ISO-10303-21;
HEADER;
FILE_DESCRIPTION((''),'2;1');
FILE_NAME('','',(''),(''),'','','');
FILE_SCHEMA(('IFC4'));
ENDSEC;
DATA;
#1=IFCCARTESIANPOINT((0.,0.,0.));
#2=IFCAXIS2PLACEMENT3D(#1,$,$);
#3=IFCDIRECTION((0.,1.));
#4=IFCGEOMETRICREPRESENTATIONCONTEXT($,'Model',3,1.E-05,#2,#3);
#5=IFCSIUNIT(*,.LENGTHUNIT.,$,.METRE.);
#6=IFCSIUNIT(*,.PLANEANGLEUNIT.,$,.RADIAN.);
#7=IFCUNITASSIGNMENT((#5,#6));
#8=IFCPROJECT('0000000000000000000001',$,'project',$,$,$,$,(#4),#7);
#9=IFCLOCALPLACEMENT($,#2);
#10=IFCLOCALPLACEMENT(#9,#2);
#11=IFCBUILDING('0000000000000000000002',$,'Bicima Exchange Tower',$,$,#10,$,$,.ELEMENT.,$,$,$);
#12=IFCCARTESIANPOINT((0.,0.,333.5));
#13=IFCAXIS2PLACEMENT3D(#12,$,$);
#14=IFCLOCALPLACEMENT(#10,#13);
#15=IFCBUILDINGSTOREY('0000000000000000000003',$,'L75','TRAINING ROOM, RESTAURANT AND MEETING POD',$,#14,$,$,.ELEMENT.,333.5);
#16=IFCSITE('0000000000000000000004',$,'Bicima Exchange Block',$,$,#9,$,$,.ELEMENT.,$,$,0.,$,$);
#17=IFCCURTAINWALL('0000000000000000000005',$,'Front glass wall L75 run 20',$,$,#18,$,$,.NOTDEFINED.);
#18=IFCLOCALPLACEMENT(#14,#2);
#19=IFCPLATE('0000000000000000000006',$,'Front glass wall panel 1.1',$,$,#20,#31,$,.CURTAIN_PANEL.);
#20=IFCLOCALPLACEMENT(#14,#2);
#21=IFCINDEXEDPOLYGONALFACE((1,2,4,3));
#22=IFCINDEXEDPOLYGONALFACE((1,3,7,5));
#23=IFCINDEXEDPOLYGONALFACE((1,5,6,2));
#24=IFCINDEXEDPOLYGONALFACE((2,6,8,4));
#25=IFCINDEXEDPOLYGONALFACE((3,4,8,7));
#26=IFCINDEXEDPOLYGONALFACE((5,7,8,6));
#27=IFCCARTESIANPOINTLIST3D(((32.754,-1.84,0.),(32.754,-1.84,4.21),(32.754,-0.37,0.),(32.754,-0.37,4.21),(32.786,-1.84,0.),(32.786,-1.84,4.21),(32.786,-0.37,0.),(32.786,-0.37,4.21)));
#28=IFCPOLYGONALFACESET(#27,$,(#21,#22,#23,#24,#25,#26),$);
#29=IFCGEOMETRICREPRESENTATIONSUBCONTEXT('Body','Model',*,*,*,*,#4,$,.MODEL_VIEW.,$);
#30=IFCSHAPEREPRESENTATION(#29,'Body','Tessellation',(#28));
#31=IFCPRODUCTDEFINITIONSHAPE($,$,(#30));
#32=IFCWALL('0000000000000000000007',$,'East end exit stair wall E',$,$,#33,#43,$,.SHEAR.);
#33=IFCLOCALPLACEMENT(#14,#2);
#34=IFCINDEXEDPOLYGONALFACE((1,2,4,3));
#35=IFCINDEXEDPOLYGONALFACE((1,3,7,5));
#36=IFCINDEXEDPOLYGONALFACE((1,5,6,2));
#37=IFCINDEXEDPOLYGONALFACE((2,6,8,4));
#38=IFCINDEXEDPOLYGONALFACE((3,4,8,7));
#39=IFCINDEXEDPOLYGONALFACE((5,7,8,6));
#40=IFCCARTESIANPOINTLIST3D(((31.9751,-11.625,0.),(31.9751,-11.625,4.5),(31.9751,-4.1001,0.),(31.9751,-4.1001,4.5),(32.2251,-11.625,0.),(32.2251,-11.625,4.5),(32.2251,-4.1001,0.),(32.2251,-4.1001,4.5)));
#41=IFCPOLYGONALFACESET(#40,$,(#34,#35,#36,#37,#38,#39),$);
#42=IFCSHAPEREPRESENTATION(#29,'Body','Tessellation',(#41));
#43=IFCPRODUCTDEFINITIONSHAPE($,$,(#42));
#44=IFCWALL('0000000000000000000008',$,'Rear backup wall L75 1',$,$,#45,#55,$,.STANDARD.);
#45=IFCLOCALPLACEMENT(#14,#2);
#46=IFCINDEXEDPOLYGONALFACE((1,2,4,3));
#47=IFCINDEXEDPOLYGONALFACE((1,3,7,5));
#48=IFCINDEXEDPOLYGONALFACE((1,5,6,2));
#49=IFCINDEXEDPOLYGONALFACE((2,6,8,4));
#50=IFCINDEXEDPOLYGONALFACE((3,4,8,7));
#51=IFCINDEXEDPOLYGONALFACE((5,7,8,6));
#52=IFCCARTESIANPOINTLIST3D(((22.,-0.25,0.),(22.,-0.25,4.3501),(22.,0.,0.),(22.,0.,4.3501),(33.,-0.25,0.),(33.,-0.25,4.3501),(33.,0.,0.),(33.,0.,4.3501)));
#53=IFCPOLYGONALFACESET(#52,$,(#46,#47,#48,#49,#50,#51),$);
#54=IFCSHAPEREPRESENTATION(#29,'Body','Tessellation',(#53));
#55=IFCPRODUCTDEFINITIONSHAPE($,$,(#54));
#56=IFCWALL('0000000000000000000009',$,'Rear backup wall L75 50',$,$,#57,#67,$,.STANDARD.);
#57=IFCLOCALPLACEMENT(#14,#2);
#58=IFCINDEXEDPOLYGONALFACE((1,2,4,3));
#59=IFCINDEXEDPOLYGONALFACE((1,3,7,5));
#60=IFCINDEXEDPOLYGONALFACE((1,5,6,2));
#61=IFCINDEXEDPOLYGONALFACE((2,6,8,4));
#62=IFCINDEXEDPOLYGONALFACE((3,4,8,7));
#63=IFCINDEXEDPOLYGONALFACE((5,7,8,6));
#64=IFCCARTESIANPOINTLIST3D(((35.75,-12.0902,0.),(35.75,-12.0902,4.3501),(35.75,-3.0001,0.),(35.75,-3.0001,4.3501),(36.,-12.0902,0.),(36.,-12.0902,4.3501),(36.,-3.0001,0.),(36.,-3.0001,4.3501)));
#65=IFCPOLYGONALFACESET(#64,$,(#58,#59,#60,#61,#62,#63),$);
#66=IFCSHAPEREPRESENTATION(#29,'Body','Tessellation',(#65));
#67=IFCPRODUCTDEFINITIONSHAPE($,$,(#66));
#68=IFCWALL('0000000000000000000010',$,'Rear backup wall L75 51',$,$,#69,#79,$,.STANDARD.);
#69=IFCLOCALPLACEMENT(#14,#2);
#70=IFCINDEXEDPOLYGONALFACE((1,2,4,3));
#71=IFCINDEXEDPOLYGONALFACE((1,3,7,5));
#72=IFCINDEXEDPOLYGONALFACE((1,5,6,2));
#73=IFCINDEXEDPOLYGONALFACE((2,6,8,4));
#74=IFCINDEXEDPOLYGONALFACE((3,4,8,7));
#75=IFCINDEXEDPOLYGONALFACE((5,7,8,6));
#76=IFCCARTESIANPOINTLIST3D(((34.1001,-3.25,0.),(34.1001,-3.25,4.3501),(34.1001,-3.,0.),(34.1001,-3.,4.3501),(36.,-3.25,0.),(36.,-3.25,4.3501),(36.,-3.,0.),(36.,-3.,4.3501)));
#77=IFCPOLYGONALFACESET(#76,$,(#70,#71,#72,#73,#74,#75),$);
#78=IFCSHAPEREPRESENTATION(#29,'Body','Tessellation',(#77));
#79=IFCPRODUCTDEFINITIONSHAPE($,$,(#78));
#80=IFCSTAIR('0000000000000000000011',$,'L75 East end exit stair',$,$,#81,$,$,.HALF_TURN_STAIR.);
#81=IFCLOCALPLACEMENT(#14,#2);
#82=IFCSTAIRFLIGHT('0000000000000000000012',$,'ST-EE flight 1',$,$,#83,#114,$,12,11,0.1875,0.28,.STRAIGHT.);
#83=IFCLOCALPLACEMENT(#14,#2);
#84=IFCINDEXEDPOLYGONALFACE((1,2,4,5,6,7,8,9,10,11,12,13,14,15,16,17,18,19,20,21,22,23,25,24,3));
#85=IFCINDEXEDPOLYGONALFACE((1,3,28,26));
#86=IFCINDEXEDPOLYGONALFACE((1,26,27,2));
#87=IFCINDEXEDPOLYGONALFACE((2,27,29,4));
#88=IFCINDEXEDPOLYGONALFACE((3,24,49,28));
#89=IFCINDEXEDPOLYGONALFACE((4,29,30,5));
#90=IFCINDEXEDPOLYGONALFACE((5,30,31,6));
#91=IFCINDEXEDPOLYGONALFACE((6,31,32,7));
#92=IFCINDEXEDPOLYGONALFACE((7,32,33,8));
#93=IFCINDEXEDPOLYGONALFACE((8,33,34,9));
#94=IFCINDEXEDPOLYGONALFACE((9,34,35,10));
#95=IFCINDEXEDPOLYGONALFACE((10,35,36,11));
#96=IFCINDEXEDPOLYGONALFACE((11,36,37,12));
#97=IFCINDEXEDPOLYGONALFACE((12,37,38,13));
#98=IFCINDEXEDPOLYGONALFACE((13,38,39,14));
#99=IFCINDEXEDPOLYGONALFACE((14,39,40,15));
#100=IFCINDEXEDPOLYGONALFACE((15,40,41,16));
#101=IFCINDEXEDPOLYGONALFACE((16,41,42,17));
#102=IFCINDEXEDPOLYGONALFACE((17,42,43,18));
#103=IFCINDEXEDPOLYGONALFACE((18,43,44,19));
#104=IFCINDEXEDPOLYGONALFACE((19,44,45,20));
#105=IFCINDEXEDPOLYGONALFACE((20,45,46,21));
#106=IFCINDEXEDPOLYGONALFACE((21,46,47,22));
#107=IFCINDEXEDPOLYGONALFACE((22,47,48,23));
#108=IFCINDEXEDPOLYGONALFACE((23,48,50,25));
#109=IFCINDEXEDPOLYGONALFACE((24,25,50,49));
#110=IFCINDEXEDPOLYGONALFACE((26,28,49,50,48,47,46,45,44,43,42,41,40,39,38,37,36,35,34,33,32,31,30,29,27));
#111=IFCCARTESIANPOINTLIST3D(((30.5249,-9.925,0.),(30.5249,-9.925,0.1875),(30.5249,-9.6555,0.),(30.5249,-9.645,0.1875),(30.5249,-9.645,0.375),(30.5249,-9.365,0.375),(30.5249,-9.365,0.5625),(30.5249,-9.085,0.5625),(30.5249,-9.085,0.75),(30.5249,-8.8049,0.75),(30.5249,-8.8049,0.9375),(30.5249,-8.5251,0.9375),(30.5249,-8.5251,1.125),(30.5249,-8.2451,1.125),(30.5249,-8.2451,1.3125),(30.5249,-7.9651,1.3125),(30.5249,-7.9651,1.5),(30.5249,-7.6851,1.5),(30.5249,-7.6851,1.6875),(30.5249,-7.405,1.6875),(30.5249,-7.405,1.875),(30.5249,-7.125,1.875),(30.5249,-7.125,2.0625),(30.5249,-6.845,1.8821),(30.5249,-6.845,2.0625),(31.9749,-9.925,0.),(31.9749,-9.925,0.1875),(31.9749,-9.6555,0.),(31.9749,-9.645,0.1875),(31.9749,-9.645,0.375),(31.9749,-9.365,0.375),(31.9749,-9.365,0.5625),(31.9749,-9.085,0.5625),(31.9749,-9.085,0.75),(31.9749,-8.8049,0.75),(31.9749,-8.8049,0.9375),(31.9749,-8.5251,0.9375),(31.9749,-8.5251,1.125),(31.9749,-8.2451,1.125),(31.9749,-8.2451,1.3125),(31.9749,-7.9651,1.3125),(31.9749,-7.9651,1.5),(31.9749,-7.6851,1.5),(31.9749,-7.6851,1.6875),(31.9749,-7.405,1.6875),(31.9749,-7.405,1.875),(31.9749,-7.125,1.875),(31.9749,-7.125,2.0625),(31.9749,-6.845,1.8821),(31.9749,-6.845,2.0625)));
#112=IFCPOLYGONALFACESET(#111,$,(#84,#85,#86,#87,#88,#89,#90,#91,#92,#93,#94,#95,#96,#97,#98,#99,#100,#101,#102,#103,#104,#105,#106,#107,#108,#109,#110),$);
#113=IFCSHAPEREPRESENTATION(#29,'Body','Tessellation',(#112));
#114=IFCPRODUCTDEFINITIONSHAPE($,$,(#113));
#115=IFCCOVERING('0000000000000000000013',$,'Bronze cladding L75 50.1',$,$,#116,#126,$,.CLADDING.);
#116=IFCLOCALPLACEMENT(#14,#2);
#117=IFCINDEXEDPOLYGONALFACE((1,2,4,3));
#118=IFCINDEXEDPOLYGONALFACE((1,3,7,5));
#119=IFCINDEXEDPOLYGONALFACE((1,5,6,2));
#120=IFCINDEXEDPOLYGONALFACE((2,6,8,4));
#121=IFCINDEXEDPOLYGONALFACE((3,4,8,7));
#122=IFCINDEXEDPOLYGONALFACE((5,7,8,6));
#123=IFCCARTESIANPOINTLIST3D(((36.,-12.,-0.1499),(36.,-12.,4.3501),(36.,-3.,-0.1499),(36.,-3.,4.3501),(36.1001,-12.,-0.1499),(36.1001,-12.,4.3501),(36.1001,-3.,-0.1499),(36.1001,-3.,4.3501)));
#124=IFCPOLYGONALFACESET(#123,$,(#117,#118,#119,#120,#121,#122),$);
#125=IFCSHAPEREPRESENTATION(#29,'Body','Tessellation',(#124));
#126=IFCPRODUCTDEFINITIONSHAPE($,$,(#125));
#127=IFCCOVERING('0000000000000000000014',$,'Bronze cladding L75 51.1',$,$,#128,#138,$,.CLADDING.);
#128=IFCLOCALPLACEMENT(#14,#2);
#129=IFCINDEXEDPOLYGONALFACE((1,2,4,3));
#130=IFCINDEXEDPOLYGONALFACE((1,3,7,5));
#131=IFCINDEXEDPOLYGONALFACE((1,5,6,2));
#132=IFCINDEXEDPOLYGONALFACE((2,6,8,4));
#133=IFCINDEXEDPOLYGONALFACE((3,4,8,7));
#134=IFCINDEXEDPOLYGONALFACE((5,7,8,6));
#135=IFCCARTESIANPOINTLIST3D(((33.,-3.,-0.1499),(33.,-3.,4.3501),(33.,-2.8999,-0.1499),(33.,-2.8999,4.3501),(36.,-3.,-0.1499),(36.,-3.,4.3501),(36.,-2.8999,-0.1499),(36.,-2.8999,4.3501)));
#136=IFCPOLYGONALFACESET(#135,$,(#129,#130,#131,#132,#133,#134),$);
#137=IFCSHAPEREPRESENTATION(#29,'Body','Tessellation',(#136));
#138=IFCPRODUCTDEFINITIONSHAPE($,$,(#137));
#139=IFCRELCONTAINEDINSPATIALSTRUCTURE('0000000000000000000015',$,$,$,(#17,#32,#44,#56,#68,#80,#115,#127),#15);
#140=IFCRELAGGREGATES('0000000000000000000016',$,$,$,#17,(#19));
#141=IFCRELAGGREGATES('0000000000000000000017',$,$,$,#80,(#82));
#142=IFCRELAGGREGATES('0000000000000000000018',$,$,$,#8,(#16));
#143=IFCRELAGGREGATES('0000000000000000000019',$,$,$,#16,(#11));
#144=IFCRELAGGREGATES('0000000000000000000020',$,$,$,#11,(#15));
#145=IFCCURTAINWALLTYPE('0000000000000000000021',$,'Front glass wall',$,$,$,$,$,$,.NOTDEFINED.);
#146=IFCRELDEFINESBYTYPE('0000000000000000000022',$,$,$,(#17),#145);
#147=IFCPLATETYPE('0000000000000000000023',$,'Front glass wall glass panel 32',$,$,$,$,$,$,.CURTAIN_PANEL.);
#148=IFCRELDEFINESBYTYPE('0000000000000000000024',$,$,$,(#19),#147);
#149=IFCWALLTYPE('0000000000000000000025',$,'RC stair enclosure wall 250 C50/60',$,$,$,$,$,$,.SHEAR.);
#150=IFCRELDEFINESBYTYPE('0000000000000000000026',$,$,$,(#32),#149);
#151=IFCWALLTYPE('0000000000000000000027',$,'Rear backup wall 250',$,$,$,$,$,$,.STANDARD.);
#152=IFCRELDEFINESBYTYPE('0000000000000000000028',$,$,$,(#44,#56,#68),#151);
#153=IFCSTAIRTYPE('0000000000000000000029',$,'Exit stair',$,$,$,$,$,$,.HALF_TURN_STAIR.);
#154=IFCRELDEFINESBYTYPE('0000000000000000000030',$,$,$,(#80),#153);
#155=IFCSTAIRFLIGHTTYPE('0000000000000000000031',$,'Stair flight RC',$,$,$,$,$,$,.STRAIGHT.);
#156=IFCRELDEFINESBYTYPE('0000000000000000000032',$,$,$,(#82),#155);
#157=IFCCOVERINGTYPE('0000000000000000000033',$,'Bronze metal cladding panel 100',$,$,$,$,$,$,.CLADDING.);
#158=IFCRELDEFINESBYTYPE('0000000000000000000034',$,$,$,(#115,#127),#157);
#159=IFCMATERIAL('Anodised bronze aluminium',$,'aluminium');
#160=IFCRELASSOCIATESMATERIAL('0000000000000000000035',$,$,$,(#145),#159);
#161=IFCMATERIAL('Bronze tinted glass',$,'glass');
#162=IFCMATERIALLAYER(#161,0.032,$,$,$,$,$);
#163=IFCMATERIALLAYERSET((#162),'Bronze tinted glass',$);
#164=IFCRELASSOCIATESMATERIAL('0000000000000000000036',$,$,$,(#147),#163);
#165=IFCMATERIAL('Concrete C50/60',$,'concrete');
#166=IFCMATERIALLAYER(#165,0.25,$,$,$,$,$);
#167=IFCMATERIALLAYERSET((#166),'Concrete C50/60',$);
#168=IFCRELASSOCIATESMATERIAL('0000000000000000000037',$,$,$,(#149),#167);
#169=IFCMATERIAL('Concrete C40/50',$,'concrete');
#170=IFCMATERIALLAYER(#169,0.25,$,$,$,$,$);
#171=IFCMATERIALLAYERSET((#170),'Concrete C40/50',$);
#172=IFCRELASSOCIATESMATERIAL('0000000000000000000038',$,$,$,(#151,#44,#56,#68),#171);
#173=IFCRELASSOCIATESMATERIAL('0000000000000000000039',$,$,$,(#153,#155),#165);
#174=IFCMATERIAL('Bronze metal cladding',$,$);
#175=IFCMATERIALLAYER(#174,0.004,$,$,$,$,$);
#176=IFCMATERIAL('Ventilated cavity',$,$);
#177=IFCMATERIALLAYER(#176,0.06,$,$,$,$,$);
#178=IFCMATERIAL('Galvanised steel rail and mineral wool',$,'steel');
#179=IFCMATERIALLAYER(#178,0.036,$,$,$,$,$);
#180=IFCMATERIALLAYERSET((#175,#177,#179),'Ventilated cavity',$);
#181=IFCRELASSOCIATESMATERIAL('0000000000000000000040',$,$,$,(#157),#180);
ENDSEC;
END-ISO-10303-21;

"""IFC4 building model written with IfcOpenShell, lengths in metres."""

from ifc_helpers import new_model, si_unit, direction, frame, frame_2d, origin, origin_2d, place, context, subcontext, project, spatial, polyline, rectangle, outline, extrude, material, layer, layer_set, layer_usage, type_object, element, aggregate, save


model = new_model("IFC4")

# Units and contexts
model_context = context("Model", 3, precision=1e-05, world=origin(), true_north=direction((0.0, 1.0)))
body_context = subcontext(model_context, "Body", "Model", "MODEL_VIEW")
ifc_project = project(units=[si_unit("LENGTHUNIT", "METRE"), si_unit("PLANEANGLEUNIT", "RADIAN")], contexts=[model_context])

# Site, building, storey
site_placement = place(None, origin())
site = spatial("IfcSite", under=ifc_project, at=site_placement, Name="Bicima Exchange Block", CompositionType="ELEMENT", RefElevation=0.0)
building_placement = place(site_placement, origin())
building = spatial("IfcBuilding", under=site, at=building_placement, Name="Bicima Exchange Tower", CompositionType="ELEMENT")
storey_placement = place(building_placement, frame((0.0, 0.0, 333.5)))
storey = spatial("IfcBuildingStorey", under=building, at=storey_placement, Name="L75", Description="TRAINING ROOM, RESTAURANT AND MEETING POD", CompositionType="ELEMENT", Elevation=333.5)

# Shared definitions
ifc_material_1 = material(Name="Anodised bronze aluminium", Category="aluminium")

# Curtain wall
curtain_wall_type_1 = type_object("IfcCurtainWallType", Name="Front glass wall", PredefinedType="NOTDEFINED", material=ifc_material_1)
curtain_wall_1_placement = place(storey_placement, origin())
curtain_wall_1 = element("IfcCurtainWall", 1, at=curtain_wall_1_placement, inside=storey, type_object=curtain_wall_type_1, Name="Front glass wall L75 run 20", PredefinedType="NOTDEFINED")

# Plate
ifc_material_2 = material(Name="Bronze tinted glass", Category="glass")
ifc_layer_1 = layer(ifc_material_2, 0.032)
ifc_layer_set_1 = layer_set([ifc_layer_1], Name="Bronze tinted glass")
plate_type = type_object("IfcPlateType", Name="Front glass wall glass panel 32", PredefinedType="CURTAIN_PANEL", material=ifc_layer_set_1)
plate_placement = place(storey_placement, frame((32.77, -1.105, 0.0), z_axis=(0.0, 0.0, 1.0), x_axis=(0.0, 1.0, 0.0)))
plate = element("IfcPlate", 2, at=plate_placement, type_object=plate_type, Name="Front glass wall panel 1.1", PredefinedType="CURTAIN_PANEL", context=body_context, shape_type="SweptSolid", body=[
    extrude(rectangle(XDim=1.47, YDim=0.032, at=origin_2d()), origin(), (0.0, 0.0, 1.0), 4.21),
])
aggregate(curtain_wall_1, [plate])

# Walls
ifc_material_3 = material(Name="Concrete C50/60", Category="concrete")
ifc_layer_2 = layer(ifc_material_3, 0.25)
ifc_layer_set_2 = layer_set([ifc_layer_2], Name="Concrete C50/60")
wall_type_1 = type_object("IfcWallType", Name="RC stair enclosure wall 250 C50/60", PredefinedType="SHEAR", material=ifc_layer_set_2)
wall_1_placement = place(storey_placement, frame((32.1001, -11.625, 0.0), z_axis=(0.0, 0.0, 1.0), x_axis=(0.0, 1.0, 0.0)))
element("IfcWall", 3, at=wall_1_placement, inside=storey, type_object=wall_type_1, Name="East end exit stair wall E", PredefinedType="SHEAR", context=body_context, shape_type="SweptSolid", body=[
    extrude(rectangle(XDim=7.5249, YDim=0.25, at=frame_2d((3.7625, 0.0))), origin(), (0.0, 0.0, 1.0), 4.5),
])
ifc_material_4 = material(Name="Concrete C40/50", Category="concrete")
ifc_layer_3 = layer(ifc_material_4, 0.25)
ifc_layer_set_3 = layer_set([ifc_layer_3], Name="Concrete C40/50")
ifc_layer_usage = layer_usage(ifc_layer_set_3, "AXIS2", "POSITIVE", -0.125)
wall_type_2 = type_object("IfcWallType", Name="Rear backup wall 250", PredefinedType="STANDARD", material=ifc_layer_set_3)
wall_2_placement = place(storey_placement, frame((33.0, -0.125, 0.0), z_axis=(0.0, 0.0, 1.0), x_axis=(-1.0, 0.0, 0.0)))
element("IfcWall", 4, at=wall_2_placement, inside=storey, type_object=wall_type_2, material=ifc_layer_usage, Name="Rear backup wall L75 1", PredefinedType="STANDARD", context=body_context, shape_type="SweptSolid", body=[
    extrude(rectangle(XDim=11.0, YDim=0.25, at=frame_2d((5.5, 0.0))), origin(), (0.0, 0.0, 1.0), 4.3501),
])
wall_3_placement = place(storey_placement, frame((35.875, -12.0901, 0.0), z_axis=(0.0, 0.0, 1.0), x_axis=(0.0, 1.0, 0.0)))
element("IfcWall", 5, at=wall_3_placement, inside=storey, type_object=wall_type_2, material=ifc_layer_usage, Name="Rear backup wall L75 50", PredefinedType="STANDARD", context=body_context, shape_type="SweptSolid", body=[
    extrude(rectangle(XDim=9.0901, YDim=0.25, at=frame_2d((4.5449, 0.0))), origin(), (0.0, 0.0, 1.0), 4.3501),
])
wall_4_placement = place(storey_placement, frame((36.0, -3.125, 0.0), z_axis=(0.0, 0.0, 1.0), x_axis=(-1.0, 0.0, 0.0)))
element("IfcWall", 6, at=wall_4_placement, inside=storey, type_object=wall_type_2, material=ifc_layer_usage, Name="Rear backup wall L75 51", PredefinedType="STANDARD", context=body_context, shape_type="SweptSolid", body=[
    extrude(rectangle(XDim=1.8999, YDim=0.25, at=frame_2d((0.95, 0.0))), origin(), (0.0, 0.0, 1.0), 4.3501),
])

# Stair, stair flight
stair_type = type_object("IfcStairType", Name="Exit stair", PredefinedType="HALF_TURN_STAIR", material=ifc_material_3)
stair_placement = place(storey_placement, origin())
stair = element("IfcStair", 7, at=stair_placement, inside=storey, type_object=stair_type, Name="L75 East end exit stair", PredefinedType="HALF_TURN_STAIR")
stair_flight_type = type_object("IfcStairFlightType", Name="Stair flight RC", PredefinedType="STRAIGHT", material=ifc_material_3)
stair_flight_placement = place(storey_placement, frame((31.25, -9.925, 0.0), z_axis=(0.0, 0.0, 1.0), x_axis=(0.0, 1.0, 0.0)))
stair_flight = element("IfcStairFlight", 8, at=stair_flight_placement, type_object=stair_flight_type, Name="ST-EE flight 1", NumberOfRisers=12, NumberOfTreads=11, PredefinedType="STRAIGHT", RiserHeight=0.1875, TreadLength=0.28, context=body_context, shape_type="SweptSolid", body=[
    extrude(outline(polyline([(0.0, 0.0), (0.0, 0.1875), (0.28, 0.1875), (0.28, 0.375), (0.5601, 0.375), (0.5601, 0.5625), (0.8401, 0.5625), (0.8401, 0.75), (1.1201, 0.75), (1.1201, 0.9375), (1.3999, 0.9375), (1.3999, 1.125), (1.6799, 1.125), (1.6799, 1.3125), (1.96, 1.3125), (1.96, 1.5), (2.24, 1.5), (2.24, 1.6875), (2.52, 1.6875), (2.52, 1.875), (2.8, 1.875), (2.8, 2.0625), (3.0801, 2.0625), (3.0801, 2.25), (3.0801, 1.8821), (0.2695, 0.0), (0.0, 0.0)])), frame((0.0, 0.7251, 0.0), z_axis=(0.0, -1.0, 0.0), x_axis=(1.0, 0.0, 0.0)), (0.0, 0.0, 1.0), 1.45),
])
aggregate(stair, [stair_flight])

# Coverings
ifc_material_5 = material(Name="Bronze metal cladding")
ifc_layer_4 = layer(ifc_material_5, 0.004)
ifc_material_6 = material(Name="Ventilated cavity")
ifc_layer_5 = layer(ifc_material_6, 0.06)
ifc_material_7 = material(Name="Galvanised steel rail and mineral wool", Category="steel")
ifc_layer_6 = layer(ifc_material_7, 0.036)
ifc_layer_set_4 = layer_set([ifc_layer_4, ifc_layer_5, ifc_layer_6], Name="Ventilated cavity")
covering_type = type_object("IfcCoveringType", Name="Bronze metal cladding panel 100", PredefinedType="CLADDING", material=ifc_layer_set_4)
covering_1_placement = place(storey_placement, frame((36.05, -7.5, -0.1499), z_axis=(0.0, 0.0, 1.0), x_axis=(0.0, 1.0, 0.0)))
element("IfcCovering", 9, at=covering_1_placement, inside=storey, type_object=covering_type, Name="Bronze cladding L75 50.1", PredefinedType="CLADDING", context=body_context, shape_type="SweptSolid", body=[
    extrude(rectangle(XDim=9.0, YDim=0.1001, at=origin_2d()), origin(), (0.0, 0.0, 1.0), 4.5),
])
covering_2_placement = place(storey_placement, frame((34.5, -2.95, -0.1499), z_axis=(0.0, 0.0, 1.0), x_axis=(-1.0, 0.0, 0.0)))
element("IfcCovering", 10, at=covering_2_placement, inside=storey, type_object=covering_type, Name="Bronze cladding L75 51.1", PredefinedType="CLADDING", context=body_context, shape_type="SweptSolid", body=[
    extrude(rectangle(XDim=3.0, YDim=0.1001, at=origin_2d()), origin(), (0.0, 0.0, 1.0), 4.5),
])

save(model, "model.ifc")
